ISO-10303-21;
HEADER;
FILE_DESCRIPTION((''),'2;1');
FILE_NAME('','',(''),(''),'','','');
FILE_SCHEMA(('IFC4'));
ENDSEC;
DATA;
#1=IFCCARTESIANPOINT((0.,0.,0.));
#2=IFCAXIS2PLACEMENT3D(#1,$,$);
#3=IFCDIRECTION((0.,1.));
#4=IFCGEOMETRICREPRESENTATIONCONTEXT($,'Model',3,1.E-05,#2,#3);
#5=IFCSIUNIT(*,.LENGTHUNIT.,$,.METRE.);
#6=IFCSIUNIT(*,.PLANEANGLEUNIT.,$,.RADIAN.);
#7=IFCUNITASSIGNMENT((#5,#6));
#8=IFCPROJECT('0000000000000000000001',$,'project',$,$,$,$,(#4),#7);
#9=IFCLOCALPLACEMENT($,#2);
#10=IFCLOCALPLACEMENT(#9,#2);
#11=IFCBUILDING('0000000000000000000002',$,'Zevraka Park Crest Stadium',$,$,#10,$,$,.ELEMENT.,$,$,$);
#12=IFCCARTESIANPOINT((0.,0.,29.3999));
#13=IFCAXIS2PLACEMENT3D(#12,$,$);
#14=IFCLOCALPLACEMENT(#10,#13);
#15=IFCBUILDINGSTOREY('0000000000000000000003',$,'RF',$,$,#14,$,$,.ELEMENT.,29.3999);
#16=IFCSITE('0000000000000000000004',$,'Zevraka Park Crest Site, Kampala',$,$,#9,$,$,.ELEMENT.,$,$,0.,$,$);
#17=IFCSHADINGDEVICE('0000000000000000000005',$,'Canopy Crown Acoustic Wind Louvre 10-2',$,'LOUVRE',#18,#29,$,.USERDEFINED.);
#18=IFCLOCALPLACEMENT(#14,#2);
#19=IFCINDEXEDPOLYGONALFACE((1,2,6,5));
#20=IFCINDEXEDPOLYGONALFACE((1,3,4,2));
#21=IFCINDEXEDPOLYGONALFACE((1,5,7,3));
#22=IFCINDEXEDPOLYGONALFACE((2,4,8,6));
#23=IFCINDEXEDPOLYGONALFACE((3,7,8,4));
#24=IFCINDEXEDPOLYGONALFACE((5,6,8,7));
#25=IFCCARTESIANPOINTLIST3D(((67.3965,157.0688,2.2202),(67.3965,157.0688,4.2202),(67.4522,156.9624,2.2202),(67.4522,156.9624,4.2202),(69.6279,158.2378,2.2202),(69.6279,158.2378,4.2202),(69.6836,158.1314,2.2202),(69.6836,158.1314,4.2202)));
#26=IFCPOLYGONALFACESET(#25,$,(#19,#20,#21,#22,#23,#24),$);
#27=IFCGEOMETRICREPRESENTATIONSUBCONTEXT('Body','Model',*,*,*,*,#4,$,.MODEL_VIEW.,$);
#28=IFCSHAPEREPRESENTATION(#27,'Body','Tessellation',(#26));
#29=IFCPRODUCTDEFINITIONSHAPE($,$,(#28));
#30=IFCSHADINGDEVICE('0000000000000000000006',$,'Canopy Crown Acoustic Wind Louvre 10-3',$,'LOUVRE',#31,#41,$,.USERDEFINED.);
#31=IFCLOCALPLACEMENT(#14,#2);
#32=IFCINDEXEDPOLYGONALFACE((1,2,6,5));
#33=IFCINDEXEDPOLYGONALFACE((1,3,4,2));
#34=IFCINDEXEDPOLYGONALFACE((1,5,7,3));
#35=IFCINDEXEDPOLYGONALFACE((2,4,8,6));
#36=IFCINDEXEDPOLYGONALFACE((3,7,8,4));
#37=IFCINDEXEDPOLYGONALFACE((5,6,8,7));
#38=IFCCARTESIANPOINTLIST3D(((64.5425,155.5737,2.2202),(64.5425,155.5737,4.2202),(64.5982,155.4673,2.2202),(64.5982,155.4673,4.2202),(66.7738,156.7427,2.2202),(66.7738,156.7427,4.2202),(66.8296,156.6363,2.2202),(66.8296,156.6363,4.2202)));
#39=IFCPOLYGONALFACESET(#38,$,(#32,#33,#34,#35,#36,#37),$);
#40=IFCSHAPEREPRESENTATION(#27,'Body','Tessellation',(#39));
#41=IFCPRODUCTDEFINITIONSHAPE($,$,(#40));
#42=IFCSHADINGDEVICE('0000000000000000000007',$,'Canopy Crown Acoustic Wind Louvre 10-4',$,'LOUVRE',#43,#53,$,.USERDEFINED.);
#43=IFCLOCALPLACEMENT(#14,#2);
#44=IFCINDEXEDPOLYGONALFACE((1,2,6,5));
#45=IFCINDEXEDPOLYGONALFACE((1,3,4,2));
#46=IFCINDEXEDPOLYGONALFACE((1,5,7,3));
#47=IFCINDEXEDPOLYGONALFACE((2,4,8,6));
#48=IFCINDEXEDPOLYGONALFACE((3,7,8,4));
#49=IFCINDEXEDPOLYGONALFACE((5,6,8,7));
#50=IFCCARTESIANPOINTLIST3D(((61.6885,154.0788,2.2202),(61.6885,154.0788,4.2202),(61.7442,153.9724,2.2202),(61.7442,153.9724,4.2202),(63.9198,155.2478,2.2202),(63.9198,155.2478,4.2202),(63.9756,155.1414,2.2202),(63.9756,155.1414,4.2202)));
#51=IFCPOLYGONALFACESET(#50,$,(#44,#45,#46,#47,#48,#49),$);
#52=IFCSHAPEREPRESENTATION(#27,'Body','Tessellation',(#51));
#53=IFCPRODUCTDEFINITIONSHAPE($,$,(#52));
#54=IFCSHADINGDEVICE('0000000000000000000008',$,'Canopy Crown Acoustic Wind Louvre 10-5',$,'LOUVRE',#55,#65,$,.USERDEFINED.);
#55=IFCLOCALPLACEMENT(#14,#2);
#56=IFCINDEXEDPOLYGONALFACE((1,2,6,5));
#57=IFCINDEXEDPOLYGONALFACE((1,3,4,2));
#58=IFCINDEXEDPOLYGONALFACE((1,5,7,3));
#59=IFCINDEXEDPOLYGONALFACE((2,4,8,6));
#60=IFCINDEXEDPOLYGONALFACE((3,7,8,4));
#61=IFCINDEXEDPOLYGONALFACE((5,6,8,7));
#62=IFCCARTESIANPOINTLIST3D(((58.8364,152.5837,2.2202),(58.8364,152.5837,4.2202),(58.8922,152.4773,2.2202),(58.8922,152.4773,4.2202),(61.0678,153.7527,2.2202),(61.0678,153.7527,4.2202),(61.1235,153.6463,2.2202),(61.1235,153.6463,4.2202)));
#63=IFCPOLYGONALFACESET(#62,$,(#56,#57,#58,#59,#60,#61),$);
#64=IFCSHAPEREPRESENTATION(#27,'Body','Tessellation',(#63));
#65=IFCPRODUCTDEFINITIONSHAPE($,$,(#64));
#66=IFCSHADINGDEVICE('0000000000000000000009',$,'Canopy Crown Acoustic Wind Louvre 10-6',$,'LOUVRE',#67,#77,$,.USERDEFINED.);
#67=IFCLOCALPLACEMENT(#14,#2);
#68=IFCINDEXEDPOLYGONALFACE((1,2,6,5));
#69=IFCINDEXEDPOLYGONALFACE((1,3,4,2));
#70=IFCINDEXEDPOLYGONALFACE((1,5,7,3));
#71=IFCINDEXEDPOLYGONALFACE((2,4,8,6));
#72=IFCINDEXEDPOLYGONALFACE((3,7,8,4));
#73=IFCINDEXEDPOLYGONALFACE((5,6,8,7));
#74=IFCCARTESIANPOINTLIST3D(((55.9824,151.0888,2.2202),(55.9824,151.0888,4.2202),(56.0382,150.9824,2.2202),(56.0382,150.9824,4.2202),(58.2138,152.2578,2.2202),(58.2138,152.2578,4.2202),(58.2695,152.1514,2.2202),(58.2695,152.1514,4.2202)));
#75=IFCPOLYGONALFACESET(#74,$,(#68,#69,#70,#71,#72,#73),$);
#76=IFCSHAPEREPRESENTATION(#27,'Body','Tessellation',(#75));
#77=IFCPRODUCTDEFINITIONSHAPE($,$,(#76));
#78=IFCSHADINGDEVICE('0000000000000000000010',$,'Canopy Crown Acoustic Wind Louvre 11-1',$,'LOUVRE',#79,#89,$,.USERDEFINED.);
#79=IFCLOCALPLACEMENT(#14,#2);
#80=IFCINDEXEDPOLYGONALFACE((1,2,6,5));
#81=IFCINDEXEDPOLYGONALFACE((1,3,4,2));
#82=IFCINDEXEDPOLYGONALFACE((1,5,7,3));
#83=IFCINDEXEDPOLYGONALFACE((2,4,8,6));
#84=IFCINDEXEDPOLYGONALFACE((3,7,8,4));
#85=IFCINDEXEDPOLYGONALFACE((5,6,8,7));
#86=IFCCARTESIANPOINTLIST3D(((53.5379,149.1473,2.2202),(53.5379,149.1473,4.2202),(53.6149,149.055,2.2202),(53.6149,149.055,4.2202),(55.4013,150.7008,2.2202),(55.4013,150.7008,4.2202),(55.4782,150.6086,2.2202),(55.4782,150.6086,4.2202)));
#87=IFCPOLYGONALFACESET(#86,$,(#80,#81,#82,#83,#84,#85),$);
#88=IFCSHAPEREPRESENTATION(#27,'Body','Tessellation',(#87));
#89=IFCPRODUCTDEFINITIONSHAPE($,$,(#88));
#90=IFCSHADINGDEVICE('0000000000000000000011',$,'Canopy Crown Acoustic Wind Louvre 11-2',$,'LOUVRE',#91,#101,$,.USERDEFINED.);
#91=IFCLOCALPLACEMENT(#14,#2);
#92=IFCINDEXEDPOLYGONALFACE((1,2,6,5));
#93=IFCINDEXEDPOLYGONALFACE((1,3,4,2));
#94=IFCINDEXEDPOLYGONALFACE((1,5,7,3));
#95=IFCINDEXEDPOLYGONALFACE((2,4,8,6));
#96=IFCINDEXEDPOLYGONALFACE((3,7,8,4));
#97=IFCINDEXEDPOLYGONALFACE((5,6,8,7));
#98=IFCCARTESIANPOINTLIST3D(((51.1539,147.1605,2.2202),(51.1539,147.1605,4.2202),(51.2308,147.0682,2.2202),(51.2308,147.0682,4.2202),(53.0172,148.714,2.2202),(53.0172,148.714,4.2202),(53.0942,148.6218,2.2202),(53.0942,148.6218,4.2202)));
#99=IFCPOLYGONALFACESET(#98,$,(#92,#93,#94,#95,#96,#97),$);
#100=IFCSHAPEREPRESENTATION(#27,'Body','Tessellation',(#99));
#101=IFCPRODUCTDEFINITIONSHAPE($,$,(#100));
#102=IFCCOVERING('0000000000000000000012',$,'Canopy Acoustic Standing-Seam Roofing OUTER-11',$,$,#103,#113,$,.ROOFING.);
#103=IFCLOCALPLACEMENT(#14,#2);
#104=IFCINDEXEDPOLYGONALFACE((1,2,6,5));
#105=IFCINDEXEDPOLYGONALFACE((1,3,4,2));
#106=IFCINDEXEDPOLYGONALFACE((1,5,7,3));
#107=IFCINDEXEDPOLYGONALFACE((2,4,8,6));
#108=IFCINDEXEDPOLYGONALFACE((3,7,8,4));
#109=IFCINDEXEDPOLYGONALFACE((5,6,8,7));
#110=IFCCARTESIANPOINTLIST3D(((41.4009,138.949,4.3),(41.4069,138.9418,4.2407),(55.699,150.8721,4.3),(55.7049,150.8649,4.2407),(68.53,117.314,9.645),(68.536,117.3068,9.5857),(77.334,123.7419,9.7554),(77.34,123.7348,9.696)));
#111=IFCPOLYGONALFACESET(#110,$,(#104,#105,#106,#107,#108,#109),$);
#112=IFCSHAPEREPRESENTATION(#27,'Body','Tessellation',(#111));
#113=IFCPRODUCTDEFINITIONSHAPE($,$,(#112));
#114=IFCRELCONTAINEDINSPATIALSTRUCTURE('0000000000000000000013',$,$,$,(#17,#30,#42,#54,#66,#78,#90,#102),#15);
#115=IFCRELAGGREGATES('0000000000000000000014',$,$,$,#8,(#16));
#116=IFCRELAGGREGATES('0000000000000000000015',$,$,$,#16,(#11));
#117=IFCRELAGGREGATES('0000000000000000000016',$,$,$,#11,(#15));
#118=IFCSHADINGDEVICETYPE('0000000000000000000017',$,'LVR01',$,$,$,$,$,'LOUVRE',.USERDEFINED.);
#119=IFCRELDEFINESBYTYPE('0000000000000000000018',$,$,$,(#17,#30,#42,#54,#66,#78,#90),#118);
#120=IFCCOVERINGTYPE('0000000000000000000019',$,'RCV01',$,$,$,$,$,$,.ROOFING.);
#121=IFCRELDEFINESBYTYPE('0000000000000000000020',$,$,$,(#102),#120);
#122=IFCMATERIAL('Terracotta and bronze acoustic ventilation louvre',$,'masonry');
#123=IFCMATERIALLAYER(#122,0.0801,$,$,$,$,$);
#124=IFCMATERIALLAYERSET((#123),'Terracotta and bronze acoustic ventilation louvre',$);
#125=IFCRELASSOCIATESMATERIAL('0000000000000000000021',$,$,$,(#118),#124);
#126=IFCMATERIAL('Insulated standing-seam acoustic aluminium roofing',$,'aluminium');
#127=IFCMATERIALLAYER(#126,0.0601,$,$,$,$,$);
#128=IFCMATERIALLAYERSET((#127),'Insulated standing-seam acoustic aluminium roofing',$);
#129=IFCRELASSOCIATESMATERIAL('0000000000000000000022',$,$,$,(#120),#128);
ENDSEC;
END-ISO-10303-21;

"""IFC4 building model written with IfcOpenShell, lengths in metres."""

from ifc_helpers import new_model, si_unit, direction, frame, origin, origin_2d, place, context, subcontext, project, spatial, polyline, rectangle, outline, extrude, material, layer, layer_set, type_object, element, save


model = new_model("IFC4")

# Units and contexts
model_context = context("Model", 3, precision=1e-05, world=origin(), true_north=direction((0.0, 1.0)))
body_context = subcontext(model_context, "Body", "Model", "MODEL_VIEW")
ifc_project = project(units=[si_unit("LENGTHUNIT", "METRE"), si_unit("PLANEANGLEUNIT", "RADIAN")], contexts=[model_context])

# Site, building, storey
site_placement = place(None, origin())
site = spatial("IfcSite", under=ifc_project, at=site_placement, Name="Zevraka Park Crest Site, Kampala", CompositionType="ELEMENT", RefElevation=0.0)
building_placement = place(site_placement, origin())
building = spatial("IfcBuilding", under=site, at=building_placement, Name="Zevraka Park Crest Stadium", CompositionType="ELEMENT")
storey_placement = place(building_placement, frame((0.0, 0.0, 29.3999)))
storey = spatial("IfcBuildingStorey", under=building, at=storey_placement, Name="RF", CompositionType="ELEMENT", Elevation=29.3999)

# Shading devices
ifc_material_1 = material(Name="Terracotta and bronze acoustic ventilation louvre", Category="masonry")
ifc_layer_1 = layer(ifc_material_1, 0.0801)
ifc_layer_set_1 = layer_set([ifc_layer_1], Name="Terracotta and bronze acoustic ventilation louvre")
shading_device_type = type_object("IfcShadingDeviceType", Name="LVR01", ElementType="LOUVRE", PredefinedType="USERDEFINED", material=ifc_layer_set_1)
for number, where, z_axis, x_axis, name in (
    (1, (68.54, 157.6001, 2.2202), (0.0, 0.0, 1.0), (-0.885799, -0.464069, 0.0), "Canopy Crown Acoustic Wind Louvre 10-2"),
    (2, (65.686, 156.105, 2.2202), (0.0, 0.0, 1.0), (-0.885799, -0.464069, 0.0), "Canopy Crown Acoustic Wind Louvre 10-3"),
    (3, (62.832, 154.6101, 2.2202), (0.0, 0.0, 1.0), (-0.885799, -0.464069, 0.0), "Canopy Crown Acoustic Wind Louvre 10-4"),
    (4, (59.98, 153.115, 2.2202), (0.0, 0.0, 1.0), (-0.885799, -0.464069, 0.0), "Canopy Crown Acoustic Wind Louvre 10-5"),
    (5, (57.126, 151.6201, 2.2202), (0.0, 0.0, 1.0), (-0.885799, -0.464069, 0.0), "Canopy Crown Acoustic Wind Louvre 10-6"),
):
    element("IfcShadingDevice", number, at=place(storey_placement, frame(where, z_axis=z_axis, x_axis=x_axis)), inside=storey, type_object=shading_device_type, Name=name, ObjectType="LOUVRE", PredefinedType="USERDEFINED", context=body_context, shape_type="SweptSolid", body=[
        extrude(rectangle(XDim=2.519, YDim=0.1201, at=origin_2d()), origin(), (0.0, 0.0, 1.0), 2.0),
    ])
for number, where, z_axis, x_axis, name in (
    (6, (54.5081, 149.8779, 2.2202), (0.0, 0.0, 1.0), (-0.76806, -0.640378, 0.0), "Canopy Crown Acoustic Wind Louvre 11-1"),
    (7, (52.124, 147.8911, 2.2202), (0.0, 0.0, 1.0), (-0.76806, -0.640378, 0.0), "Canopy Crown Acoustic Wind Louvre 11-2"),
):
    element("IfcShadingDevice", number, at=place(storey_placement, frame(where, z_axis=z_axis, x_axis=x_axis)), inside=storey, type_object=shading_device_type, Name=name, ObjectType="LOUVRE", PredefinedType="USERDEFINED", context=body_context, shape_type="SweptSolid", body=[
        extrude(rectangle(XDim=2.426, YDim=0.1201, at=origin_2d()), origin(), (0.0, 0.0, 1.0), 2.0),
    ])

# Covering
ifc_material_2 = material(Name="Insulated standing-seam acoustic aluminium roofing", Category="aluminium")
ifc_layer_2 = layer(ifc_material_2, 0.0601)
ifc_layer_set_2 = layer_set([ifc_layer_2], Name="Insulated standing-seam acoustic aluminium roofing")
covering_type_1 = type_object("IfcCoveringType", Name="RCV01", PredefinedType="ROOFING", material=ifc_layer_set_2)
covering_1_placement = place(storey_placement, frame((55.699, 150.8721, 4.3), z_axis=(-0.099487, 0.119303, 0.987861), x_axis=(-0.768009, -0.640439, -0.000001)))
element("IfcCovering", 8, at=covering_1_placement, inside=storey, type_object=covering_type_1, Name="Canopy Acoustic Standing-Seam Roofing OUTER-11", PredefinedType="ROOFING", context=body_context, shape_type="SweptSolid", body=[
    extrude(outline(polyline([(0.0, 0.0), (18.6171, 0.0), (11.6375, 34.4081), (0.7593, 35.1184), (0.0, 0.0)])), origin(), (0.0, 0.0, -1.0), 0.0601),
])

save(model, "model.ifc")
